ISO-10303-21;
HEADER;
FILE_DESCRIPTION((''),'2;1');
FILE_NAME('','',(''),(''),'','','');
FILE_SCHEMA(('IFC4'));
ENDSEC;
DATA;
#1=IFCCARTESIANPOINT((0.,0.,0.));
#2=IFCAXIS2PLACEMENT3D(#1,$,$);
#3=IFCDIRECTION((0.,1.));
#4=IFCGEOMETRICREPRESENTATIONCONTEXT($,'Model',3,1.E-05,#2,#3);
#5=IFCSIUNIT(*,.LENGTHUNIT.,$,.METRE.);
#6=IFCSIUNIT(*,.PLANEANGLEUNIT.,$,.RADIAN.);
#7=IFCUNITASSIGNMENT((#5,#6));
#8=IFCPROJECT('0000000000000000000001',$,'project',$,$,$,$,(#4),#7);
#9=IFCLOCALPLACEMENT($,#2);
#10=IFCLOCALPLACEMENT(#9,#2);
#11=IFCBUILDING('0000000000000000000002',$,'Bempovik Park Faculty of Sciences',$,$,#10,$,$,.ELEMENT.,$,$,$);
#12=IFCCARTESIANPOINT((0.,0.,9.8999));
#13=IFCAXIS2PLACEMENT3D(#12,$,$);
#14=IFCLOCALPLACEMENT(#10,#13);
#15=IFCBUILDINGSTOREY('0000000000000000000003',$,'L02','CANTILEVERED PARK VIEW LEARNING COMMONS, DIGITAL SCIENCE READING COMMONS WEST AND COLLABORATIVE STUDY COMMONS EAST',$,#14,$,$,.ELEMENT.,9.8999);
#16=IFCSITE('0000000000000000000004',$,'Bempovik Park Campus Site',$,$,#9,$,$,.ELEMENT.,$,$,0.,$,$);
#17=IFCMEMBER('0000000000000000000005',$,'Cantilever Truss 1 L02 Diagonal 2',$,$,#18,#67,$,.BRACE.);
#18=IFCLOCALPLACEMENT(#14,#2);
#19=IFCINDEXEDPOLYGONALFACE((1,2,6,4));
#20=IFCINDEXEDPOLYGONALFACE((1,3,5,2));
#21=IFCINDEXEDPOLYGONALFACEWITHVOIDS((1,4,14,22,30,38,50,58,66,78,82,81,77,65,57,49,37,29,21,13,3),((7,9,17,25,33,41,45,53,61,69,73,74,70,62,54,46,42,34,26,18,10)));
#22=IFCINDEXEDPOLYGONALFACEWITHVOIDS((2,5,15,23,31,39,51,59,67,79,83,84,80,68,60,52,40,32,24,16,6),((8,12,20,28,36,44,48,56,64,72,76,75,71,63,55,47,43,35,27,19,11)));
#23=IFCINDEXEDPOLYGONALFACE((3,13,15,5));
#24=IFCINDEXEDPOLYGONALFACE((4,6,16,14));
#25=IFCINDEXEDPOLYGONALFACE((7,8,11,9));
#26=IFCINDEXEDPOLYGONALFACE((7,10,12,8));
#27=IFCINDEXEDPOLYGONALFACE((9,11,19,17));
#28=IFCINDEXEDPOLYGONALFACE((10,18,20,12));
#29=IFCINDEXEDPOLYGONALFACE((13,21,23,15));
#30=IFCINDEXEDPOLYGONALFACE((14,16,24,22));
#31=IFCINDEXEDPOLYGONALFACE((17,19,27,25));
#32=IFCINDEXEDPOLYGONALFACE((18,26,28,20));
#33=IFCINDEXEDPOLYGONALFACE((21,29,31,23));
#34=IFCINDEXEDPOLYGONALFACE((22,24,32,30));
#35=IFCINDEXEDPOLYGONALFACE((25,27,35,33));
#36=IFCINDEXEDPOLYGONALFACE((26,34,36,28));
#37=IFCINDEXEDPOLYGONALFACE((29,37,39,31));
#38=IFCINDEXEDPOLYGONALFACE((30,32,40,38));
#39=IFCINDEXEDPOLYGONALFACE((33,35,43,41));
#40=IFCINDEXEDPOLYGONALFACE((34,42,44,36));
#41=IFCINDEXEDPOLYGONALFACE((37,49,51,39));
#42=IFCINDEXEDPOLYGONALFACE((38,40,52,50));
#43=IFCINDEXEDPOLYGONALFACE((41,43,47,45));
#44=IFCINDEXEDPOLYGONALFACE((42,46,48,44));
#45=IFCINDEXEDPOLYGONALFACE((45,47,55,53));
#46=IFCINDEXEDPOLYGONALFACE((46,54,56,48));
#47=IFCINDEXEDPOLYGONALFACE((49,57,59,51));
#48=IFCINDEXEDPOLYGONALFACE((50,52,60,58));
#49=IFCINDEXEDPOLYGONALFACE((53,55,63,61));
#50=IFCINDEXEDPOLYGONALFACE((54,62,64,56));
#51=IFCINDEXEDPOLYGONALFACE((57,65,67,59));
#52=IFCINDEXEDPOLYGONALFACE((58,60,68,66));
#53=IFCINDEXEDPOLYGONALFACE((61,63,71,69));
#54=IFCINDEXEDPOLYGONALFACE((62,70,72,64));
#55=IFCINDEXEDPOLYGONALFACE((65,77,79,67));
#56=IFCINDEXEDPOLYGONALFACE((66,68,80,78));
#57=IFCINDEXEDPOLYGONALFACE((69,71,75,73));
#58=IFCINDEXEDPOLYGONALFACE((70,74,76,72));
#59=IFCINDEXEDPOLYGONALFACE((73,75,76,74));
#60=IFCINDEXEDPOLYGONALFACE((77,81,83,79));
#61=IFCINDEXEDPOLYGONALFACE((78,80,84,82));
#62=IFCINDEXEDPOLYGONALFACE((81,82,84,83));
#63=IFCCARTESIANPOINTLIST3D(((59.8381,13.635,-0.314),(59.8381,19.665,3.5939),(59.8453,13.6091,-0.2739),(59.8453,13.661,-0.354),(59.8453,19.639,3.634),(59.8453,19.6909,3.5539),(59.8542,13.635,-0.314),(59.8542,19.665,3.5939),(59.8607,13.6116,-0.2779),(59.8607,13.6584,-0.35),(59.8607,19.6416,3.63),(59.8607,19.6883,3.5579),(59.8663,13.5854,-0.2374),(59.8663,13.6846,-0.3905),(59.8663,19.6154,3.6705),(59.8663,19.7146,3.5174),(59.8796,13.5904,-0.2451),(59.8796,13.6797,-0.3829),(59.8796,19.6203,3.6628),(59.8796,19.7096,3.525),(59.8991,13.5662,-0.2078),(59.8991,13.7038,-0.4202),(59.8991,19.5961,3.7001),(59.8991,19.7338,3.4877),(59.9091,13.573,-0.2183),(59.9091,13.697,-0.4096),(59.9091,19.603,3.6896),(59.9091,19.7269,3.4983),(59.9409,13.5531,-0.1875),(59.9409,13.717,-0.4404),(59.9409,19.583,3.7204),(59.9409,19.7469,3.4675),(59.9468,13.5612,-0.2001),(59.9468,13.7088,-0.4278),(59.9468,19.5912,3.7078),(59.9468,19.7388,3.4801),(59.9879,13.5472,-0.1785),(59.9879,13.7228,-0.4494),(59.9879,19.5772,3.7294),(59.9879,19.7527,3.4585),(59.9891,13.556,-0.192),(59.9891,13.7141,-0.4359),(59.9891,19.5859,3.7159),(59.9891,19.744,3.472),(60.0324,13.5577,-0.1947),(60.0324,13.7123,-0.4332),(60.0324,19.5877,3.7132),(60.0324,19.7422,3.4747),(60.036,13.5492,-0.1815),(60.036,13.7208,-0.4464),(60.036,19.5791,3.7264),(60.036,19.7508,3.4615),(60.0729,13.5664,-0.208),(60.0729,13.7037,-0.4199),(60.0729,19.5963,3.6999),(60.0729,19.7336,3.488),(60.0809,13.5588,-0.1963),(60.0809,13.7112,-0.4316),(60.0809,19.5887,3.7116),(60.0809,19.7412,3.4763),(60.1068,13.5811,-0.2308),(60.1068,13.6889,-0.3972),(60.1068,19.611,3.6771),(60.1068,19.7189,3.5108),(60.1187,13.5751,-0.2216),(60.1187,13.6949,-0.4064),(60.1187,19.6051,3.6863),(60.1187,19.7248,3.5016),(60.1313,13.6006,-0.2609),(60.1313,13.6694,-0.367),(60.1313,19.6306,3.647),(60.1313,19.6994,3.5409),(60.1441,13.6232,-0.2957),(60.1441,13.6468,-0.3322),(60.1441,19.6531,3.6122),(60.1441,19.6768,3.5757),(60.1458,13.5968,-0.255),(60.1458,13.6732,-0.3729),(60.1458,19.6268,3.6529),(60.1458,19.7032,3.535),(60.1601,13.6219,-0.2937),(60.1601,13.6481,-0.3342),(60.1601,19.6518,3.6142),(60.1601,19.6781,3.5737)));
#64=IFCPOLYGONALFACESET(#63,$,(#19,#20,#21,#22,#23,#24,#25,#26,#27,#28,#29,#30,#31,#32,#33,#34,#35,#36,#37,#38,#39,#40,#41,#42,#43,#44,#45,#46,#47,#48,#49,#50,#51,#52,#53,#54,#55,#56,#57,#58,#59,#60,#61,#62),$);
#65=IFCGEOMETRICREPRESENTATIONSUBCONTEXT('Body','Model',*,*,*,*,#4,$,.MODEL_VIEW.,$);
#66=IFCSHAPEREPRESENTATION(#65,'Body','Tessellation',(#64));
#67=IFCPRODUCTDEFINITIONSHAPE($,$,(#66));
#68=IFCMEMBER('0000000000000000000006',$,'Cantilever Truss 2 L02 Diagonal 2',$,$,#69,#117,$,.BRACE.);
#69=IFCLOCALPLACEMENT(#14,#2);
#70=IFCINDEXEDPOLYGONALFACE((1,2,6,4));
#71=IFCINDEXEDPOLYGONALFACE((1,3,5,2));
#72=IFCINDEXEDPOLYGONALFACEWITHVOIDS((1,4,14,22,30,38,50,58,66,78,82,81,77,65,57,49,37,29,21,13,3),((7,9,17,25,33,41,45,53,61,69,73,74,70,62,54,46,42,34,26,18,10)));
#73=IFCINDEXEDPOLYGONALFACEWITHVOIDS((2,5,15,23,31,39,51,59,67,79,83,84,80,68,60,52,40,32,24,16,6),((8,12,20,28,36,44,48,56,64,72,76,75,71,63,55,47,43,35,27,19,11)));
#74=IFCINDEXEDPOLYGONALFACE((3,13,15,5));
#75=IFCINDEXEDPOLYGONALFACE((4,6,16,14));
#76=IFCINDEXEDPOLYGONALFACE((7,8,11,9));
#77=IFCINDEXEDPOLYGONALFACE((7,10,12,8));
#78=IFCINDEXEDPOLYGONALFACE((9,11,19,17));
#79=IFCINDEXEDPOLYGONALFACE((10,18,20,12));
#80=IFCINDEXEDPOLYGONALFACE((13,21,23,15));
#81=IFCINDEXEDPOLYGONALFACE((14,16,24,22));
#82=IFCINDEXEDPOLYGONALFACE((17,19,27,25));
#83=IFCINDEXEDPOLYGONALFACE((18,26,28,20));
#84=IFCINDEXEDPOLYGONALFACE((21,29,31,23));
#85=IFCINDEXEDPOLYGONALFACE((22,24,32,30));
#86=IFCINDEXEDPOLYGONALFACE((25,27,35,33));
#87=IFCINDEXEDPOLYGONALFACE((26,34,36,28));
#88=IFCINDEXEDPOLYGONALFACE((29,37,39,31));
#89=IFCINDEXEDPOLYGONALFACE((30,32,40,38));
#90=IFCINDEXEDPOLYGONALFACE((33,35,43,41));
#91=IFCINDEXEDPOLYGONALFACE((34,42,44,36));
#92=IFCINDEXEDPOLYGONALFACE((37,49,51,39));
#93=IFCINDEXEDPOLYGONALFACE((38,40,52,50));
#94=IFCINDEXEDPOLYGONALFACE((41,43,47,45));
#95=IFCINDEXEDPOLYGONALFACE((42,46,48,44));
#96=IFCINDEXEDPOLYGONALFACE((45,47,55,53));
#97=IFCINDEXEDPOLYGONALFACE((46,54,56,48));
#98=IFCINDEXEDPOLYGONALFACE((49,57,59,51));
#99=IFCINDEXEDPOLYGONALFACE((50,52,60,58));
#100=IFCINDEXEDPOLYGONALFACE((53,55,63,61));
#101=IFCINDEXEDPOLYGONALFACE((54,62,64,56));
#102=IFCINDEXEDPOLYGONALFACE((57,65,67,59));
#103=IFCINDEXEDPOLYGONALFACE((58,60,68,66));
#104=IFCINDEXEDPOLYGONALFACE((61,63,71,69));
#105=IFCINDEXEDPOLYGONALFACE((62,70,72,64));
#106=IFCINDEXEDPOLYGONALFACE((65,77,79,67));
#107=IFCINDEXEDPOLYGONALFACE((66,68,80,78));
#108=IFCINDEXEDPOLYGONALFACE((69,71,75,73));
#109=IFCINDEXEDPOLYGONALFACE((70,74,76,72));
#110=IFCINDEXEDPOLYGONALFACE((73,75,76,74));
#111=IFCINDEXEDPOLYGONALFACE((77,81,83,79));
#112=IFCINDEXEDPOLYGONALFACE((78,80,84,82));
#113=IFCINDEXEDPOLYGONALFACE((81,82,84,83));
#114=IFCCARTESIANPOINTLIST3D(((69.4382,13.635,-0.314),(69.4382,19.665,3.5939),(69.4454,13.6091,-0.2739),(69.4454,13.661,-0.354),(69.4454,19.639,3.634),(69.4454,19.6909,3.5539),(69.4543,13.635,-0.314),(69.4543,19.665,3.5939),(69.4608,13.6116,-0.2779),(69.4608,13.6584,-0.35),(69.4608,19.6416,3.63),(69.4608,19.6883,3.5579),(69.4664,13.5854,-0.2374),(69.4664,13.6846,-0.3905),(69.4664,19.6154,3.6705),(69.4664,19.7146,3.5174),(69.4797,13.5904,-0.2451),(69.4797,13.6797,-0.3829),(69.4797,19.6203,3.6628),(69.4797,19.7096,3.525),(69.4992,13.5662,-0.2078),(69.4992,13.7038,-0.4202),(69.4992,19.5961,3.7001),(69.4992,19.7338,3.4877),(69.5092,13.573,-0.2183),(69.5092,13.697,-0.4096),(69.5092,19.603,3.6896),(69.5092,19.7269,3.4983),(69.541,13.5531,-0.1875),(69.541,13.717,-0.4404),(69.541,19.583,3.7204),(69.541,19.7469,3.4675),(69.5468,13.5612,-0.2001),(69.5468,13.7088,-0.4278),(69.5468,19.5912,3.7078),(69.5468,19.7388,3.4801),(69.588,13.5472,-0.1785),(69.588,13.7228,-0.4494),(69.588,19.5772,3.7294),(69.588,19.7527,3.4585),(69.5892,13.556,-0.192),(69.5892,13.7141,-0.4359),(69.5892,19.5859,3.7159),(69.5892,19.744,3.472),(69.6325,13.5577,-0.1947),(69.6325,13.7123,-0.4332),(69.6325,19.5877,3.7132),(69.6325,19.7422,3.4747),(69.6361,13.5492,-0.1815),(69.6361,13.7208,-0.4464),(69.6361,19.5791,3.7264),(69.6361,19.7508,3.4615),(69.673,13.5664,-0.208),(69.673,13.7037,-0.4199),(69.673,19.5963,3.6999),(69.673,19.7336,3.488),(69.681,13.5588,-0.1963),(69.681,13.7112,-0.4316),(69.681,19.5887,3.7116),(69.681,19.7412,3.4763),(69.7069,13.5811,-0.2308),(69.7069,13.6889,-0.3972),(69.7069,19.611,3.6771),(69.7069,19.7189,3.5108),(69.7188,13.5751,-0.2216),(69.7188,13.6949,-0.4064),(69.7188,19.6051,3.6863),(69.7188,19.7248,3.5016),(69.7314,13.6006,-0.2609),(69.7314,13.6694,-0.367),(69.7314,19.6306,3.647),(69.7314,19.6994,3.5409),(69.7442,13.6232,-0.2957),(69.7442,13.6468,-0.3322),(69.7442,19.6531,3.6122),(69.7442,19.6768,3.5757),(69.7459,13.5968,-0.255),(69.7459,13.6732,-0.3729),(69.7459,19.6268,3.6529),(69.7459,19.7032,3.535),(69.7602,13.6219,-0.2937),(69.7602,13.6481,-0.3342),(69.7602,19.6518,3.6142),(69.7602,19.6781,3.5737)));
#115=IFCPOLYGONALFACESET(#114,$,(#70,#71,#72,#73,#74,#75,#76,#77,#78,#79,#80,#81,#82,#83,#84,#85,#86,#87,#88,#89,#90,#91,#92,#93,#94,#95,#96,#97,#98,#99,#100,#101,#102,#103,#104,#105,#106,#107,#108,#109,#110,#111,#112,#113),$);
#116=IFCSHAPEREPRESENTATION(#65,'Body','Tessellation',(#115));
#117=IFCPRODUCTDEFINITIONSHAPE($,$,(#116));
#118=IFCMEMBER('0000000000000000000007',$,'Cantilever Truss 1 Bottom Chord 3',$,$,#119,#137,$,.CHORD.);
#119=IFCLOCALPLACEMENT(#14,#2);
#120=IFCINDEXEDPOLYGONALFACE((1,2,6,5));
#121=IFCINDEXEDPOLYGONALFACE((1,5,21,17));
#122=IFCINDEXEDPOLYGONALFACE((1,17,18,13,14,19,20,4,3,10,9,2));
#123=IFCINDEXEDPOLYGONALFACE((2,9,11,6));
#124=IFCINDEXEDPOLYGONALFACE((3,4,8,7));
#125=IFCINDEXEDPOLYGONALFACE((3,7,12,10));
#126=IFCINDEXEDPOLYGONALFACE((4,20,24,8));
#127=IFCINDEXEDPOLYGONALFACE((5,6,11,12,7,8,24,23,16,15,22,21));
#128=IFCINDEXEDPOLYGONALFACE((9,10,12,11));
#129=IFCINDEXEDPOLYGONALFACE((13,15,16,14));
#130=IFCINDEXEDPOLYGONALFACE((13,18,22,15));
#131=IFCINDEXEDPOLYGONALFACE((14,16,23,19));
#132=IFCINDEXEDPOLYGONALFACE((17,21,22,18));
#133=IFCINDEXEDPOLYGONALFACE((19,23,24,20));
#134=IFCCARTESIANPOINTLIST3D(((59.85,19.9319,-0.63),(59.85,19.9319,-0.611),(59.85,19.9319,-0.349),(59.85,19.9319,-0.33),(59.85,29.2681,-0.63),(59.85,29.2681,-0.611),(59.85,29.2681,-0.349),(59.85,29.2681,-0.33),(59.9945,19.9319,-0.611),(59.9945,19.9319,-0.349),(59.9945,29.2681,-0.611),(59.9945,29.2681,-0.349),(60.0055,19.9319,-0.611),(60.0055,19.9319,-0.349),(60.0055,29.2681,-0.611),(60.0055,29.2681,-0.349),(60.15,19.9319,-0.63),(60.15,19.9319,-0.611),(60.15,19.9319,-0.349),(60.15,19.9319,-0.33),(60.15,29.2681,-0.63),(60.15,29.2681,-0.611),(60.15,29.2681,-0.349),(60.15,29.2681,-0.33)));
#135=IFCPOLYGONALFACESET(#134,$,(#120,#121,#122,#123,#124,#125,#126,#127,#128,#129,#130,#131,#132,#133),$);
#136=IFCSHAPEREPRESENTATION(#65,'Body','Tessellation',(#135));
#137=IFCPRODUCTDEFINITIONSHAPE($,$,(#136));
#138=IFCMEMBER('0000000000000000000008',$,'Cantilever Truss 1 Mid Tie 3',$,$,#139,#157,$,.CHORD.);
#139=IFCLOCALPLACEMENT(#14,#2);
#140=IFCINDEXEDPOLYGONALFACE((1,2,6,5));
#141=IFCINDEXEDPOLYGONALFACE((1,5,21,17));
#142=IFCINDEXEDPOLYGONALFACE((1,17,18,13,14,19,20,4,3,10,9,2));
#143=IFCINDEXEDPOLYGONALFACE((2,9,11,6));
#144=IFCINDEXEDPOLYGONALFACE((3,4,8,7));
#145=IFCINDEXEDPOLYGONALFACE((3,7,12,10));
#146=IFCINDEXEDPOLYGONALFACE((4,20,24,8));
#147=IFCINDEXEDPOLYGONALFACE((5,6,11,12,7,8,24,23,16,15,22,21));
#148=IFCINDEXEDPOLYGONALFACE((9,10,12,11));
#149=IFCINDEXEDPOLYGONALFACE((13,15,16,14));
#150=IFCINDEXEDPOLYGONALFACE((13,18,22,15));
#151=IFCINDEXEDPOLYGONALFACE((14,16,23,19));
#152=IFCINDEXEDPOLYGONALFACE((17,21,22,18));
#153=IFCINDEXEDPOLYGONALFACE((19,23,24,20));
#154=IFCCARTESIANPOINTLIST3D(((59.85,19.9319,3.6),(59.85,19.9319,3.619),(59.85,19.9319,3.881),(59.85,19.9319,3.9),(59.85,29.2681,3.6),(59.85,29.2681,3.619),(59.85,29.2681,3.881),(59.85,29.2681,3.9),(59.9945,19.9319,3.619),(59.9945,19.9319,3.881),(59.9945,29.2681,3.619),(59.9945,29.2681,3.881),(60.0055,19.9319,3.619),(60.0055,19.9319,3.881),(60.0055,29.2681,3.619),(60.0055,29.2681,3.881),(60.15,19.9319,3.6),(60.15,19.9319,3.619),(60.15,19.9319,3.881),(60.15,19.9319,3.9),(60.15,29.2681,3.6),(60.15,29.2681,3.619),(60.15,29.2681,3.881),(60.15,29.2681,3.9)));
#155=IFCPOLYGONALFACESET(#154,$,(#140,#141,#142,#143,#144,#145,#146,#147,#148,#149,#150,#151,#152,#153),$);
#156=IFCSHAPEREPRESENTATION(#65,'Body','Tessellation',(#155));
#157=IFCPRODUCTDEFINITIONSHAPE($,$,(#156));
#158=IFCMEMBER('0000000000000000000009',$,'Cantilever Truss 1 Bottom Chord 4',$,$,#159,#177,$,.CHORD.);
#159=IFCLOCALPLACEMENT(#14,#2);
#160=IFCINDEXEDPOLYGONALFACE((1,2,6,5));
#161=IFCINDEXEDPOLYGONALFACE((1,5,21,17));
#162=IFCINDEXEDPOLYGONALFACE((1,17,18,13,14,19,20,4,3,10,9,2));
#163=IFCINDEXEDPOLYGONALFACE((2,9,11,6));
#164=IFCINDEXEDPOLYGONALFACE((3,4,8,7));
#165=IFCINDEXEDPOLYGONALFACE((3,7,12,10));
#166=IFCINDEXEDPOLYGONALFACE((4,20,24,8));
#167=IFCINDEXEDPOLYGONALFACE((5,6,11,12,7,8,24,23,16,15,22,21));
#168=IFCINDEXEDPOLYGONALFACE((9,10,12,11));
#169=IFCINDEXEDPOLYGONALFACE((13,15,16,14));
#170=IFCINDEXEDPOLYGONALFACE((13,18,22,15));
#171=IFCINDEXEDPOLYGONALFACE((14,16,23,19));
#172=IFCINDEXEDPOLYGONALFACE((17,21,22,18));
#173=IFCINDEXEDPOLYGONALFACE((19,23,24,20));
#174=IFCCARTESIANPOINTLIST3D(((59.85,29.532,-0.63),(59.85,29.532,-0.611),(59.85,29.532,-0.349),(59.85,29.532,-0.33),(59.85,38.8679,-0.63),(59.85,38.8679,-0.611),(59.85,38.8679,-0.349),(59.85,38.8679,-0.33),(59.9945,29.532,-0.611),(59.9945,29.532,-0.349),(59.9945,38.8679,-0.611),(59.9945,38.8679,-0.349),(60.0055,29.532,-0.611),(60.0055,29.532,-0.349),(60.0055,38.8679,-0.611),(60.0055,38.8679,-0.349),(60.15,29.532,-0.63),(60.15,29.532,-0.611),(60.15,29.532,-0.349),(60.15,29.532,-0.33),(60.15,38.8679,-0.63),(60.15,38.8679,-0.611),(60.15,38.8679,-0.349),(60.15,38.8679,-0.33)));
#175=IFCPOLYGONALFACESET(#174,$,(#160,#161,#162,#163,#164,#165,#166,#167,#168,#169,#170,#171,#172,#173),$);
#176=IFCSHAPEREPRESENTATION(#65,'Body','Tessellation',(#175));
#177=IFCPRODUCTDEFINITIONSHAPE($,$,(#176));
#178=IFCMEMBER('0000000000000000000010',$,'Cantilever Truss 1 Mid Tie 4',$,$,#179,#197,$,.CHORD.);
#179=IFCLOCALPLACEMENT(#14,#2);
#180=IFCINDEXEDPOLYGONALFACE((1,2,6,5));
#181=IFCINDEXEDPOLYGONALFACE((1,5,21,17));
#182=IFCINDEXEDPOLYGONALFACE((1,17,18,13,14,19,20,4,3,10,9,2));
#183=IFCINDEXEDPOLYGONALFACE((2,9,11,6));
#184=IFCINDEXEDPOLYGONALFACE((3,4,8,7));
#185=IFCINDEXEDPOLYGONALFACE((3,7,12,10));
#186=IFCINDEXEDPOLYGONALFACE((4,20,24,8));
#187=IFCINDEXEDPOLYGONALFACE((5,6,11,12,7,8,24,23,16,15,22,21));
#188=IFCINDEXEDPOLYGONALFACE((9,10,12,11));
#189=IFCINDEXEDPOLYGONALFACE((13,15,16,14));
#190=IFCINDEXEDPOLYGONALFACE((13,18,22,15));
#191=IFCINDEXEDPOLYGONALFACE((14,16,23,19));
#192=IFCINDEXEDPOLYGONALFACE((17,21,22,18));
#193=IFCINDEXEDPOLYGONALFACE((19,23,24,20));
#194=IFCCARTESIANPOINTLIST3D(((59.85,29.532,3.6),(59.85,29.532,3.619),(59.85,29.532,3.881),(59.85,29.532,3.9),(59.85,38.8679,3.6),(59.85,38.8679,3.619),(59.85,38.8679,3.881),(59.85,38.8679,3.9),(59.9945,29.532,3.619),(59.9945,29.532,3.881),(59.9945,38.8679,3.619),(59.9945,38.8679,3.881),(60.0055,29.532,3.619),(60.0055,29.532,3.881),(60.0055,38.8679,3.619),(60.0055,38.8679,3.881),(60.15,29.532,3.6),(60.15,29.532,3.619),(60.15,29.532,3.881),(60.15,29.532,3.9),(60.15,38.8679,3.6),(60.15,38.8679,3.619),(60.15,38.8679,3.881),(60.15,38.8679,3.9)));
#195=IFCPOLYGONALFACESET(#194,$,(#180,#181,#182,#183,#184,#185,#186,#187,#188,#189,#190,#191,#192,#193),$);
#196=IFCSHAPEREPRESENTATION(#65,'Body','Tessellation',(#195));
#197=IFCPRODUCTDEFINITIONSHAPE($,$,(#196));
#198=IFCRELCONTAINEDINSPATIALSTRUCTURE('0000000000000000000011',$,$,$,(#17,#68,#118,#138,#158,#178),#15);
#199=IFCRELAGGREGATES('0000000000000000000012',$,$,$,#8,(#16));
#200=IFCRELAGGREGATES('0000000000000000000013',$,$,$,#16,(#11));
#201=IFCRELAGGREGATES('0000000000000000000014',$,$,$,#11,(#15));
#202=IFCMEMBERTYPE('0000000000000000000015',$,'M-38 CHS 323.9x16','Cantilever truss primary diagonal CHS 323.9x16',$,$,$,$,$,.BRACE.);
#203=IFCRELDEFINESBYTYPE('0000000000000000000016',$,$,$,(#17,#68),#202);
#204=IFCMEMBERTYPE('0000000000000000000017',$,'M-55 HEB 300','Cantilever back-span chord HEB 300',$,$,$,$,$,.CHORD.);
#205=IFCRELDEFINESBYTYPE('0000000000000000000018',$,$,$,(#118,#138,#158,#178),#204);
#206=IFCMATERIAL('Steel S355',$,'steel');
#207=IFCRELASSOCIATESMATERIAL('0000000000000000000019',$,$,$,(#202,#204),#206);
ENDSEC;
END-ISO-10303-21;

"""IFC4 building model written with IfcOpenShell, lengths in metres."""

from ifc_helpers import new_model, si_unit, direction, frame, origin, origin_2d, place, context, subcontext, project, spatial, hollow_circle, i_section, extrude, material, material_profile, profile_set, type_object, element, save


model = new_model("IFC4")

# Units and contexts
model_context = context("Model", 3, precision=1e-05, world=origin(), true_north=direction((0.0, 1.0)))
body_context = subcontext(model_context, "Body", "Model", "MODEL_VIEW")
ifc_project = project(units=[si_unit("LENGTHUNIT", "METRE"), si_unit("PLANEANGLEUNIT", "RADIAN")], contexts=[model_context])

# Site, building, storey
site_placement = place(None, origin())
site = spatial("IfcSite", under=ifc_project, at=site_placement, Name="Bempovik Park Campus Site", CompositionType="ELEMENT", RefElevation=0.0)
building_placement = place(site_placement, origin())
building = spatial("IfcBuilding", under=site, at=building_placement, Name="Bempovik Park Faculty of Sciences", CompositionType="ELEMENT")
storey_placement = place(building_placement, frame((0.0, 0.0, 9.8999)))
storey = spatial("IfcBuildingStorey", under=building, at=storey_placement, Name="L02", Description="CANTILEVERED PARK VIEW LEARNING COMMONS, DIGITAL SCIENCE READING COMMONS WEST AND COLLABORATIVE STUDY COMMONS EAST", CompositionType="ELEMENT", Elevation=9.8999)

# Shared definitions
ifc_material_1 = material(Name="Steel S355", Category="steel")

# Members
ifc_material_profile_1 = material_profile(ifc_material_1, hollow_circle(Radius=0.1619, WallThickness=0.0161, at=origin_2d()), Name="CHS 323.9x16")
ifc_profile_set_1 = profile_set([ifc_material_profile_1], Name="Steel S355")
member_type_1 = type_object("IfcMemberType", Name="M-38 CHS 323.9x16", Description="Cantilever truss primary diagonal CHS 323.9x16", PredefinedType="BRACE", material=ifc_profile_set_1)
for number, where, z_axis, x_axis, name in (
    (1, (60.0, 13.635, -0.314), (0.0, 0.839178, 0.543857), (-1.0, 0.0, 0.0), "Cantilever Truss 1 L02 Diagonal 2"),
    (2, (69.6001, 13.635, -0.314), (0.0, 0.839178, 0.543857), (-1.0, 0.0, 0.0), "Cantilever Truss 2 L02 Diagonal 2"),
):
    element("IfcMember", number, at=place(storey_placement, frame(where, z_axis=z_axis, x_axis=x_axis)), inside=storey, type_object=member_type_1, Name=name, PredefinedType="BRACE", context=body_context, shape_type="SweptSolid", body=[
        extrude(hollow_circle(Radius=0.1619, WallThickness=0.0161, at=origin_2d()), origin(), (0.0, 0.0, 1.0), 7.1855),
    ])
ifc_material_profile_2 = material_profile(ifc_material_1, i_section(OverallWidth=0.3, OverallDepth=0.3, WebThickness=0.011, FlangeThickness=0.019, at=origin_2d()), Name="HEB 300")
ifc_profile_set_2 = profile_set([ifc_material_profile_2], Name="Steel S355")
member_type_2 = type_object("IfcMemberType", Name="M-55 HEB 300", Description="Cantilever back-span chord HEB 300", PredefinedType="CHORD", material=ifc_profile_set_2)
for number, where, z_axis, x_axis, name in (
    (3, (60.0, 19.9319, -0.48), (0.0, 1.0, 0.0), (-1.0, 0.0, 0.0), "Cantilever Truss 1 Bottom Chord 3"),
    (4, (60.0, 19.9319, 3.75), (0.0, 1.0, 0.0), (-1.0, 0.0, 0.0), "Cantilever Truss 1 Mid Tie 3"),
):
    element("IfcMember", number, at=place(storey_placement, frame(where, z_axis=z_axis, x_axis=x_axis)), inside=storey, type_object=member_type_2, Name=name, PredefinedType="CHORD", context=body_context, shape_type="SweptSolid", body=[
        extrude(i_section(OverallWidth=0.3, OverallDepth=0.3, WebThickness=0.011, FlangeThickness=0.019, at=origin_2d()), origin(), (0.0, 0.0, 1.0), 9.3362),
    ])
for number, where, z_axis, x_axis, name in (
    (5, (60.0, 29.532, -0.48), (0.0, 1.0, 0.0), (-1.0, 0.0, 0.0), "Cantilever Truss 1 Bottom Chord 4"),
    (6, (60.0, 29.532, 3.75), (0.0, 1.0, 0.0), (-1.0, 0.0, 0.0), "Cantilever Truss 1 Mid Tie 4"),
):
    element("IfcMember", number, at=place(storey_placement, frame(where, z_axis=z_axis, x_axis=x_axis)), inside=storey, type_object=member_type_2, Name=name, PredefinedType="CHORD", context=body_context, shape_type="SweptSolid", body=[
        extrude(i_section(OverallWidth=0.3, OverallDepth=0.3, WebThickness=0.011, FlangeThickness=0.019, at=origin_2d()), origin(), (0.0, 0.0, 1.0), 9.3359),
    ])

save(model, "model.ifc")
